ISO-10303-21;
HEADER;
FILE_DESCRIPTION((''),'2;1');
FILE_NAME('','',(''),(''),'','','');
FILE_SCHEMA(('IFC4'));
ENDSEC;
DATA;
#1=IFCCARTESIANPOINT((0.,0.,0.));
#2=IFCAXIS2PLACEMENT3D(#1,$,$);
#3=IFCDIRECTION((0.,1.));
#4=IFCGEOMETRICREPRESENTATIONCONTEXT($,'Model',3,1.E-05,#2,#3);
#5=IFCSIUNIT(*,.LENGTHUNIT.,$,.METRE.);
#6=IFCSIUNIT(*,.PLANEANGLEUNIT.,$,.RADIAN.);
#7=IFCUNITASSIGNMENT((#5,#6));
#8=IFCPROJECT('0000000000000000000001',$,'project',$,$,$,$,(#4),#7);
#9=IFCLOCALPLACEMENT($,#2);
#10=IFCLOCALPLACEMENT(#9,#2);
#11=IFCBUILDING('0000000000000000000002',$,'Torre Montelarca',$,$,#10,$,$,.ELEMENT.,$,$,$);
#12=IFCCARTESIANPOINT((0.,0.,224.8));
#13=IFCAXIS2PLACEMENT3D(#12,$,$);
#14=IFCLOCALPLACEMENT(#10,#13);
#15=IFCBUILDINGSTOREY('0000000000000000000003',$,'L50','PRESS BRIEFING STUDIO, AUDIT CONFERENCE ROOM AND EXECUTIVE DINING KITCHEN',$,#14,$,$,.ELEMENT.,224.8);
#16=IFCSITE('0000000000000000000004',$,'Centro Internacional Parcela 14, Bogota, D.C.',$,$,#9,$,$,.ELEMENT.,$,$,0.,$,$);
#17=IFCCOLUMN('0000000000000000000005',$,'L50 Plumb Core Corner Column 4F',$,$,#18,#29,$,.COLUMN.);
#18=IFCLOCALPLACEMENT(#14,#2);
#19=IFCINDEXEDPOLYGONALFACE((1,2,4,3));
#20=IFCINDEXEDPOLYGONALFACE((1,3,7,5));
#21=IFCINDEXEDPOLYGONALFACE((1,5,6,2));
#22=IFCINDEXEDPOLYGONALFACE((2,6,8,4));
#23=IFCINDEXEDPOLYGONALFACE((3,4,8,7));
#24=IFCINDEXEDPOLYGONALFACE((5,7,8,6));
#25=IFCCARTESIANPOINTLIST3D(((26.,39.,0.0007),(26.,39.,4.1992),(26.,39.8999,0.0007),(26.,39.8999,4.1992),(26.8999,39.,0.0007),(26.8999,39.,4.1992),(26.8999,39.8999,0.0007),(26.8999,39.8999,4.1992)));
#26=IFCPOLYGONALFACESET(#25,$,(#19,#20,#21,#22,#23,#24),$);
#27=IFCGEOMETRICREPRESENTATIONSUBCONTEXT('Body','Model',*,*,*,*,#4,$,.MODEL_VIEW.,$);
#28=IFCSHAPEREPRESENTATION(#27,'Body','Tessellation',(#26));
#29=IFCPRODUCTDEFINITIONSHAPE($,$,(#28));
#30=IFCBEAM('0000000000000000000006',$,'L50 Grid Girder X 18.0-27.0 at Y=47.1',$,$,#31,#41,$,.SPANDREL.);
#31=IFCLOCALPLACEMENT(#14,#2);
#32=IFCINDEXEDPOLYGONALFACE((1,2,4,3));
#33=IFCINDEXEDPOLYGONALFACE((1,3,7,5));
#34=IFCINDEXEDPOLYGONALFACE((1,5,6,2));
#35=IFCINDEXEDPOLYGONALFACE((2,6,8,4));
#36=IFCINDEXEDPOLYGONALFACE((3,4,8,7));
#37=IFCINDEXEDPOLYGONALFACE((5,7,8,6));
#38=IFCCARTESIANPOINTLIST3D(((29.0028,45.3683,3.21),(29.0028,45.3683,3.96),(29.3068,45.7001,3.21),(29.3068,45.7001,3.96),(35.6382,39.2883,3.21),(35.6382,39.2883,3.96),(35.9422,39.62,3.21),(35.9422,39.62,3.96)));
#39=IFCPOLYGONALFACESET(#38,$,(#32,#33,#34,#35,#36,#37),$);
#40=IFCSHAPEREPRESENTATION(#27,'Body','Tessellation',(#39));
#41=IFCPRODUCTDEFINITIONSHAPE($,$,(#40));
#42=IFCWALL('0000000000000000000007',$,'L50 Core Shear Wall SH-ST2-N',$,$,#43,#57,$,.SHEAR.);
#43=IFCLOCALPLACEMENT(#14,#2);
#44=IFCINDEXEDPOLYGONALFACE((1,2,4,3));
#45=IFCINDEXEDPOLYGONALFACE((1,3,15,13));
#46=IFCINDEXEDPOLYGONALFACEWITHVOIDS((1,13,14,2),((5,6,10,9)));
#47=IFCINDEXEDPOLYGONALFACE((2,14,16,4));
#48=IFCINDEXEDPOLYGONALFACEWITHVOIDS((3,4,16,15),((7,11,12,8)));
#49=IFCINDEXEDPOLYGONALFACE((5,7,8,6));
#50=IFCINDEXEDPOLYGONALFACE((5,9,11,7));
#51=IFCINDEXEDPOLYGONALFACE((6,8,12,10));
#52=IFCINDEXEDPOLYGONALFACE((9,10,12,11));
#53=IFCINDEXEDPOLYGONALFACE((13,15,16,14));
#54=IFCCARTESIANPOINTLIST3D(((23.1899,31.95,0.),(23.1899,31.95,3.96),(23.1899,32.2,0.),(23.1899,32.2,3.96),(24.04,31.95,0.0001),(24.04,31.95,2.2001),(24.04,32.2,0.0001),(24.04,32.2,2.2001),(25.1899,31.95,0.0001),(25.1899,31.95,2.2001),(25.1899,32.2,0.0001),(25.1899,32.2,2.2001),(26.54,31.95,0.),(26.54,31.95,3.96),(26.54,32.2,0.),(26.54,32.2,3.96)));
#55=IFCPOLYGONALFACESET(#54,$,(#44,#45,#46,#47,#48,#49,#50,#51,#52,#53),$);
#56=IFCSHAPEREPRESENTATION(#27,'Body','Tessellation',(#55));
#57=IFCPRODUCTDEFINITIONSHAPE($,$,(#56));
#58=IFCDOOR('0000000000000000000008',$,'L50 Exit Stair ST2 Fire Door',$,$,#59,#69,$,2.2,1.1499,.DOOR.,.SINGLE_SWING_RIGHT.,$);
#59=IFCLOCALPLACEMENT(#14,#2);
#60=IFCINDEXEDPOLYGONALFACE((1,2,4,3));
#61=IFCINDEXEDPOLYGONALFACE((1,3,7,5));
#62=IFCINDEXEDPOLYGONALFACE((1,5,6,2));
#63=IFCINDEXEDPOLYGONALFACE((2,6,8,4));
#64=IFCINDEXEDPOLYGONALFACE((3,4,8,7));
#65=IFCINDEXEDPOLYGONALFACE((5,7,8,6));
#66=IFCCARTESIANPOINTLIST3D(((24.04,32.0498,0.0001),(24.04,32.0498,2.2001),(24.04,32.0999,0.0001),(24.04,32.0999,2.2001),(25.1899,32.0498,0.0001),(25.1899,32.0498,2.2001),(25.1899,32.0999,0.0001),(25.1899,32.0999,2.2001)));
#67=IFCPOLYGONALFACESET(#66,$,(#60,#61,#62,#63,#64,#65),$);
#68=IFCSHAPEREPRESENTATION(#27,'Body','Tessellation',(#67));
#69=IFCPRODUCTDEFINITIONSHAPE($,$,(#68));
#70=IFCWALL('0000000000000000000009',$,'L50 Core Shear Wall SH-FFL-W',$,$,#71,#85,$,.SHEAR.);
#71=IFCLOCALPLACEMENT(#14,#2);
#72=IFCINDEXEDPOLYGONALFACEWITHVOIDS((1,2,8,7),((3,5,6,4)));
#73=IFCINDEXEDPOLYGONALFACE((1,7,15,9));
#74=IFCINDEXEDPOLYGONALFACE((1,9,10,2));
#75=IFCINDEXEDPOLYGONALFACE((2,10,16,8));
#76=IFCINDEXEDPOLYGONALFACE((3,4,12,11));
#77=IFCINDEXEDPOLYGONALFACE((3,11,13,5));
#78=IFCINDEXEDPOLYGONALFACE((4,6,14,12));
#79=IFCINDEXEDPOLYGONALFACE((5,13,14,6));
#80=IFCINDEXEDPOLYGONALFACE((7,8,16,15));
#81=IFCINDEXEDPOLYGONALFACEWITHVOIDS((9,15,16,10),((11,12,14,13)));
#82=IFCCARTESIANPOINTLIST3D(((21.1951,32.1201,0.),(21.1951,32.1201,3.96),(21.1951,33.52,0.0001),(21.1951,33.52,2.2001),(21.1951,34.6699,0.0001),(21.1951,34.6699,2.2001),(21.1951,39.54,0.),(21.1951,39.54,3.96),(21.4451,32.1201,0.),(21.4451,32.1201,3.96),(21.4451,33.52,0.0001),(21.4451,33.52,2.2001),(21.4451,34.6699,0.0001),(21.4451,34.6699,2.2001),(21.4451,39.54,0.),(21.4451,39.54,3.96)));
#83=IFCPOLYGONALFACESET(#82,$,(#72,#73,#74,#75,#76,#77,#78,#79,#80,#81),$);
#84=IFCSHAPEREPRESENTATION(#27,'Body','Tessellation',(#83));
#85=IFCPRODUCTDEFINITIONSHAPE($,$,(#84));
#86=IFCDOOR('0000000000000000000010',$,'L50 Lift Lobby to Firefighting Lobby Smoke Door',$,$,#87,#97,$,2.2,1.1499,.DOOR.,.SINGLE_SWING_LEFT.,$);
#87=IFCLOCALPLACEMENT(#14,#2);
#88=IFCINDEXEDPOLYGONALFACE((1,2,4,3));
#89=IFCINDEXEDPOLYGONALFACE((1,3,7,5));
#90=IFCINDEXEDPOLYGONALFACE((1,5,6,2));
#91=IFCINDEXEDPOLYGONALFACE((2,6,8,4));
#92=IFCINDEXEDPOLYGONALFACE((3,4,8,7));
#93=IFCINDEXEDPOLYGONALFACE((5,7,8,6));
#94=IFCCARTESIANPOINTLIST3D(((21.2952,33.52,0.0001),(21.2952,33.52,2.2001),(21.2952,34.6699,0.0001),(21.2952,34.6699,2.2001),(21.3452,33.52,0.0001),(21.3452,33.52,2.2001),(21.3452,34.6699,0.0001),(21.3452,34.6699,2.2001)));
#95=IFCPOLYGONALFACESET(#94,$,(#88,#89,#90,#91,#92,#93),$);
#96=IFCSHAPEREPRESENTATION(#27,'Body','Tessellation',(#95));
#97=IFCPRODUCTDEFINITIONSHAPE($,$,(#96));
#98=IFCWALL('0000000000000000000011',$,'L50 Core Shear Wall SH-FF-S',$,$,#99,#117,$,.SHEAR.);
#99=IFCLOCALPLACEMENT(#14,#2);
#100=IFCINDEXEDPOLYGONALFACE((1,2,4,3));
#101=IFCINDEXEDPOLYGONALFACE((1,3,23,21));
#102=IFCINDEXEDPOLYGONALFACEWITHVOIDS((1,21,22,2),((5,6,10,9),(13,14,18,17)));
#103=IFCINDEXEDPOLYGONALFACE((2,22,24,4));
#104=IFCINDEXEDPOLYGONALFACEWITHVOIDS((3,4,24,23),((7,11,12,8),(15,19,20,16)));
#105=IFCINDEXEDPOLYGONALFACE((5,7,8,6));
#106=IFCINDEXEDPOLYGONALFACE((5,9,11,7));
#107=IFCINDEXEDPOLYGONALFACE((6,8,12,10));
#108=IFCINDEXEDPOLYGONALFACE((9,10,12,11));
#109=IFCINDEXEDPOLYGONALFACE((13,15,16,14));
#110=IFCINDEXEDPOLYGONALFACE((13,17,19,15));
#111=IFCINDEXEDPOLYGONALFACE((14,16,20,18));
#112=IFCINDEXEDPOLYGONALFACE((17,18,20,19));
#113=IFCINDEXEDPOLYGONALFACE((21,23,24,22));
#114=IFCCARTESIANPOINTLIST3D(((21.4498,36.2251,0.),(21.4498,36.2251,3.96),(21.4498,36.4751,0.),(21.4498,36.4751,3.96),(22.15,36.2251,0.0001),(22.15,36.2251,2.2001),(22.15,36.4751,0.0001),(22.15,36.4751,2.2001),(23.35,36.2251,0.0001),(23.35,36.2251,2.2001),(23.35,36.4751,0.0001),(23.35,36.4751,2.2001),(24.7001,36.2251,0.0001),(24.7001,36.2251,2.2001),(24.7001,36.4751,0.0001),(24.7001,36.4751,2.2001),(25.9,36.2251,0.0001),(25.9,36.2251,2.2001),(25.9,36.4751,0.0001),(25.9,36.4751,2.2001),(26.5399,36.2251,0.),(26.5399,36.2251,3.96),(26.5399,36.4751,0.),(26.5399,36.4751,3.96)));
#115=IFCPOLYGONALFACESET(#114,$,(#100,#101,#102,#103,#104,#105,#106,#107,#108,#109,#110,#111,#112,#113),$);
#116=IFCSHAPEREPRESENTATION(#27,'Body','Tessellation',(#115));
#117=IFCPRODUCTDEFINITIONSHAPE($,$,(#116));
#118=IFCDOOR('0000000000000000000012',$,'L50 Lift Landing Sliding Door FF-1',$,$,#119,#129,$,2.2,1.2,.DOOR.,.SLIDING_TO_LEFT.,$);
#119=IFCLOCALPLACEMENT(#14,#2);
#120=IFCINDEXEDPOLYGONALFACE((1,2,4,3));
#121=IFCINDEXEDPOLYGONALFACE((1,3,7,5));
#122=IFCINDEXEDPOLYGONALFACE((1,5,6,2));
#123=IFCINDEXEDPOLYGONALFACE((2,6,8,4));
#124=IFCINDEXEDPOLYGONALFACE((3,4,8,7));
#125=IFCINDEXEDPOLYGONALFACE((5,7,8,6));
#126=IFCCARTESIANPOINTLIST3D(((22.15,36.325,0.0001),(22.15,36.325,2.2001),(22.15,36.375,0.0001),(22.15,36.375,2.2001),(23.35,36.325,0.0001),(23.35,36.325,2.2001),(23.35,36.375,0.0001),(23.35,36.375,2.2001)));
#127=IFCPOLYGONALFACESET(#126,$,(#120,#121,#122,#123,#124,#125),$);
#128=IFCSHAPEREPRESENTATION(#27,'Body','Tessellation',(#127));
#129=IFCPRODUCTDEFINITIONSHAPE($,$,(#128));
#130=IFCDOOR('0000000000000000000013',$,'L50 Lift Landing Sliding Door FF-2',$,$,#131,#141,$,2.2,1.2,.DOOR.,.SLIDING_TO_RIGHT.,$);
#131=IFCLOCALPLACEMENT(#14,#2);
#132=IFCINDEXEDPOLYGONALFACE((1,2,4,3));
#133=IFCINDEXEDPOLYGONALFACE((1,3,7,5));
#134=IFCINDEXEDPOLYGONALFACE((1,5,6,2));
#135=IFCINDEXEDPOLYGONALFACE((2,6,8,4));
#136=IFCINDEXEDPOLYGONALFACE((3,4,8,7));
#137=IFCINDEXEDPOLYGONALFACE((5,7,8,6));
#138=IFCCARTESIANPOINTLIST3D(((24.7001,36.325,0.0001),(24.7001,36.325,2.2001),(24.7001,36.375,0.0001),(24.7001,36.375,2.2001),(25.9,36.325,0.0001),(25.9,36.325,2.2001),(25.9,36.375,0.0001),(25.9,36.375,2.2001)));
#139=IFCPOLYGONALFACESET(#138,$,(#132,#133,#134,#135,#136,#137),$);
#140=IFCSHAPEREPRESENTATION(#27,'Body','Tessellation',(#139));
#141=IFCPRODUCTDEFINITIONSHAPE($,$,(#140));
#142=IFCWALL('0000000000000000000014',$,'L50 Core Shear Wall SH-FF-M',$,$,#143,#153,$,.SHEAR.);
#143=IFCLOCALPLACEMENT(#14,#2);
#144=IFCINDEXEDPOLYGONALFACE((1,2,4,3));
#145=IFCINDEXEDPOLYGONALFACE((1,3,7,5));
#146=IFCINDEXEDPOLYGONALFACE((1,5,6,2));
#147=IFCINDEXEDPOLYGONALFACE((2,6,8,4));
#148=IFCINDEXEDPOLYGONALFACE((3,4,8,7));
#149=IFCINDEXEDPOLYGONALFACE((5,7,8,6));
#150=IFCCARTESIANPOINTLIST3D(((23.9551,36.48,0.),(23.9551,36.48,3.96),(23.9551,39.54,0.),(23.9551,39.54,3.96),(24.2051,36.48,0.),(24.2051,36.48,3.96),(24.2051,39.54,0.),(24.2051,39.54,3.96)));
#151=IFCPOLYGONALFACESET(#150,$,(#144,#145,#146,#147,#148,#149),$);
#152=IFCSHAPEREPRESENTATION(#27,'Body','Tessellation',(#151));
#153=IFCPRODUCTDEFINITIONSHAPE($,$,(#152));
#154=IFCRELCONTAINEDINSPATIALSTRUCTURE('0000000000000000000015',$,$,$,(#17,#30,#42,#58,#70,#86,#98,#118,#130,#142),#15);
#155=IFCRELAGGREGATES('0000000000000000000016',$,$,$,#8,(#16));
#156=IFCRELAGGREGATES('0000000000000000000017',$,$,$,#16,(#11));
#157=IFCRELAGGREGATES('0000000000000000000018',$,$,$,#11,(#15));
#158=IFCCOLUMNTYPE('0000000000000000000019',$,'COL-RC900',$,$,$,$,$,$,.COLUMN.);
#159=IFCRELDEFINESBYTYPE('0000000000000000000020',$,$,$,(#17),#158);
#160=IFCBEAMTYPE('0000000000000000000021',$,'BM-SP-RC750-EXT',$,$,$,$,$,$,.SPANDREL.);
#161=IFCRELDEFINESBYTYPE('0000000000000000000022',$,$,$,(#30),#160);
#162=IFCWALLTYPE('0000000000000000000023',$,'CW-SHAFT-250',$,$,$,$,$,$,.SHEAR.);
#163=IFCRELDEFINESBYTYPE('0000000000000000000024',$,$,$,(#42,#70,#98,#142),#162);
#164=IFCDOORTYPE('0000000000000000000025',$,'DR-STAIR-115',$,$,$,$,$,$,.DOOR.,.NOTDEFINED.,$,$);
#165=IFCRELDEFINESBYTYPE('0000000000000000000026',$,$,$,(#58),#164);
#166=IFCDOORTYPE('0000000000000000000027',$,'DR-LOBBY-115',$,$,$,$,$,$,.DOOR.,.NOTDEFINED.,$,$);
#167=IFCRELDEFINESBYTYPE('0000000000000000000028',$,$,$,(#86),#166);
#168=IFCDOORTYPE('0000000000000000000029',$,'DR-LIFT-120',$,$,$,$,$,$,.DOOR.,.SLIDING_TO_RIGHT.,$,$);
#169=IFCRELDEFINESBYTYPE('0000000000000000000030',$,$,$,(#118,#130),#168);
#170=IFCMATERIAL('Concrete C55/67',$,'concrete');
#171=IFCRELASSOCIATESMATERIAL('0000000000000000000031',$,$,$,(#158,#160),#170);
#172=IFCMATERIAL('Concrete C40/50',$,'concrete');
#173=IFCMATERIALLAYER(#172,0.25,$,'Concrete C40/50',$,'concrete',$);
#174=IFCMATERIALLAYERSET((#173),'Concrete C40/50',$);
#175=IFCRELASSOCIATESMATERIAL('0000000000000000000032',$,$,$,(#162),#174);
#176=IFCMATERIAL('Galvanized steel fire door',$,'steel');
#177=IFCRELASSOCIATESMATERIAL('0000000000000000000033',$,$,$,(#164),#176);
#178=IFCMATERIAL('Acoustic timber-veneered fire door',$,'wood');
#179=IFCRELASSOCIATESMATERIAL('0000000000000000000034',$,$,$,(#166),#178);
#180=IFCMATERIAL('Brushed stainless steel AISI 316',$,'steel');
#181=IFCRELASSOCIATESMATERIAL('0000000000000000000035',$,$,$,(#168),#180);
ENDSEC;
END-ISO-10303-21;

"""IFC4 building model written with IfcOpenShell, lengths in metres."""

from ifc_helpers import new_model, si_unit, direction, frame, frame_2d, origin, origin_2d, place, context, subcontext, project, spatial, rectangle, extrude, source, transform, mapped, material, layer, layer_set, material_profile, profile_set, type_object, element, fill, save


model = new_model("IFC4")

# Units and contexts
model_context = context("Model", 3, precision=1e-05, world=origin(), true_north=direction((0.0, 1.0)))
body_context = subcontext(model_context, "Body", "Model", "MODEL_VIEW")
ifc_project = project(units=[si_unit("LENGTHUNIT", "METRE"), si_unit("PLANEANGLEUNIT", "RADIAN")], contexts=[model_context])

# Site, building, storey
site_placement = place(None, origin())
site = spatial("IfcSite", under=ifc_project, at=site_placement, Name="Centro Internacional Parcela 14, Bogota, D.C.", CompositionType="ELEMENT", RefElevation=0.0)
building_placement = place(site_placement, origin())
building = spatial("IfcBuilding", under=site, at=building_placement, Name="Torre Montelarca", CompositionType="ELEMENT")
storey_placement = place(building_placement, frame((0.0, 0.0, 224.8)))
storey = spatial("IfcBuildingStorey", under=building, at=storey_placement, Name="L50", Description="PRESS BRIEFING STUDIO, AUDIT CONFERENCE ROOM AND EXECUTIVE DINING KITCHEN", CompositionType="ELEMENT", Elevation=224.8)

# Column
ifc_material_1 = material(Name="Concrete C55/67", Category="concrete")
ifc_material_profile_1 = material_profile(ifc_material_1, rectangle(XDim=0.8999, YDim=0.8999, at=origin_2d()), Name="RC900X900", Category="concrete")
ifc_profile_set_1 = profile_set([ifc_material_profile_1], Name="Concrete C55/67")
column_type = type_object("IfcColumnType", Name="COL-RC900", PredefinedType="COLUMN", material=ifc_profile_set_1)
shared_shape_1 = source(origin(), body_context, "Body", "SweptSolid", [
    extrude(rectangle(XDim=0.8999, YDim=0.8999, at=origin_2d()), origin(), (0.0, 0.0, 1.0), 4.1985),
])
column_placement = place(storey_placement, frame((26.45, 39.45, 0.0007), z_axis=(0.0, 0.0, 1.0), x_axis=(1.0, 0.0, 0.0)))
element("IfcColumn", 1, at=column_placement, inside=storey, type_object=column_type, Name="L50 Plumb Core Corner Column 4F", PredefinedType="COLUMN", context=body_context, shape_type="MappedRepresentation", body=[
    mapped(shared_shape_1, transform((0.0, 0.0, 0.0), scale=1.0)),
])

# Beam
ifc_material_profile_2 = material_profile(ifc_material_1, rectangle(XDim=0.45, YDim=0.75, at=origin_2d()), Name="RCB450X750", Category="concrete")
ifc_profile_set_2 = profile_set([ifc_material_profile_2], Name="Concrete C55/67")
beam_type = type_object("IfcBeamType", Name="BM-SP-RC750-EXT", PredefinedType="SPANDREL", material=ifc_profile_set_2)
shared_shape_2 = source(origin(), body_context, "Body", "SweptSolid", [
    extrude(rectangle(XDim=0.45, YDim=0.75, at=origin_2d()), origin(), (0.0, 0.0, 1.0), 8.9998),
])
beam_placement = place(storey_placement, frame((29.1548, 45.5342, 3.585), z_axis=(0.73729, -0.675576, 0.0), x_axis=(0.675576, 0.73729, 0.0)))
element("IfcBeam", 2, at=beam_placement, inside=storey, type_object=beam_type, Name="L50 Grid Girder X 18.0-27.0 at Y=47.1", PredefinedType="SPANDREL", context=body_context, shape_type="MappedRepresentation", body=[
    mapped(shared_shape_2, transform((0.0, 0.0, 0.0), scale=1.0)),
])

# Walls, openings, doors
ifc_material_2 = material(Name="Concrete C40/50", Category="concrete")
ifc_layer_1 = layer(ifc_material_2, 0.25, Name="Concrete C40/50", Category="concrete")
ifc_layer_set_1 = layer_set([ifc_layer_1], Name="Concrete C40/50")
wall_type_1 = type_object("IfcWallType", Name="CW-SHAFT-250", PredefinedType="SHEAR", material=ifc_layer_set_1)
wall_1_placement = place(storey_placement, frame((23.1899, 32.075, 0.0), z_axis=(0.0, 0.0, 1.0), x_axis=(1.0, 0.0, 0.0)))
wall_1 = element("IfcWall", 3, at=wall_1_placement, inside=storey, type_object=wall_type_1, Name="L50 Core Shear Wall SH-ST2-N", PredefinedType="SHEAR", context=body_context, shape_type="SweptSolid", body=[
    extrude(rectangle(XDim=3.3501, YDim=0.25, at=frame_2d((1.675, 0.0))), origin(), (0.0, 0.0, 1.0), 3.96),
])
opening_1_placement = place(wall_1_placement, frame((0.8501, 0.0, 0.0)))
opening_1 = element("IfcOpeningElement", 4, at=opening_1_placement, cuts=wall_1, PredefinedType="OPENING", context=body_context, shape_type="SweptSolid", body=[
    extrude(rectangle(XDim=1.1499, YDim=2.2, at=frame_2d((0.575, 1.1001))), frame((0.0, 0.135, 0.0), z_axis=(0.0, -1.0, 0.0), x_axis=(1.0, 0.0, 0.0)), (0.0, 0.0, 1.0), 0.27),
])
ifc_material_3 = material(Name="Galvanized steel fire door", Category="steel")
door_type_1 = type_object("IfcDoorType", Name="DR-STAIR-115", OperationType="NOTDEFINED", PredefinedType="DOOR", material=ifc_material_3)
shared_shape_3 = source(origin(), body_context, "Body", "SweptSolid", [
    extrude(rectangle(XDim=1.1499, YDim=2.2, at=frame_2d((0.575, 1.1001))), frame((0.0, 0.0249, 0.0), z_axis=(0.0, -1.0, 0.0), x_axis=(1.0, 0.0, 0.0)), (0.0, 0.0, 1.0), 0.05),
])
door_1_placement = place(opening_1_placement, origin())
door_1 = element("IfcDoor", 5, at=door_1_placement, inside=storey, type_object=door_type_1, Name="L50 Exit Stair ST2 Fire Door", OperationType="SINGLE_SWING_RIGHT", OverallHeight=2.2, OverallWidth=1.1499, PredefinedType="DOOR", context=body_context, shape_type="MappedRepresentation", body=[
    mapped(shared_shape_3, transform((0.0, 0.0, 0.0), scale=1.0)),
])
fill(opening_1, door_1)
wall_2_placement = place(storey_placement, frame((21.3201, 32.1201, 0.0), z_axis=(0.0, 0.0, 1.0), x_axis=(0.0, 1.0, 0.0)))
wall_2 = element("IfcWall", 6, at=wall_2_placement, inside=storey, type_object=wall_type_1, Name="L50 Core Shear Wall SH-FFL-W", PredefinedType="SHEAR", context=body_context, shape_type="SweptSolid", body=[
    extrude(rectangle(XDim=7.4199, YDim=0.25, at=frame_2d((3.71, 0.0))), origin(), (0.0, 0.0, 1.0), 3.96),
])
opening_2_placement = place(wall_2_placement, frame((1.3999, 0.0, 0.0)))
opening_2 = element("IfcOpeningElement", 7, at=opening_2_placement, cuts=wall_2, PredefinedType="OPENING", context=body_context, shape_type="SweptSolid", body=[
    extrude(rectangle(XDim=1.1499, YDim=2.2, at=frame_2d((0.575, 1.1001))), frame((0.0, 0.135, 0.0), z_axis=(0.0, -1.0, 0.0), x_axis=(1.0, 0.0, 0.0)), (0.0, 0.0, 1.0), 0.27),
])
ifc_material_4 = material(Name="Acoustic timber-veneered fire door", Category="wood")
door_type_2 = type_object("IfcDoorType", Name="DR-LOBBY-115", OperationType="NOTDEFINED", PredefinedType="DOOR", material=ifc_material_4)
shared_shape_4 = source(origin(), body_context, "Body", "SweptSolid", [
    extrude(rectangle(XDim=1.1499, YDim=2.2, at=frame_2d((0.575, 1.1001))), frame((0.0, 0.0249, 0.0), z_axis=(0.0, -1.0, 0.0), x_axis=(1.0, 0.0, 0.0)), (0.0, 0.0, 1.0), 0.05),
])
door_2_placement = place(opening_2_placement, origin())
door_2 = element("IfcDoor", 8, at=door_2_placement, inside=storey, type_object=door_type_2, Name="L50 Lift Lobby to Firefighting Lobby Smoke Door", OperationType="SINGLE_SWING_LEFT", OverallHeight=2.2, OverallWidth=1.1499, PredefinedType="DOOR", context=body_context, shape_type="MappedRepresentation", body=[
    mapped(shared_shape_4, transform((0.0, 0.0, 0.0), scale=1.0)),
])
fill(opening_2, door_2)

# Wall, openings, doors
wall_3_placement = place(storey_placement, frame((21.45, 36.3501, 0.0), z_axis=(0.0, 0.0, 1.0), x_axis=(1.0, 0.0, 0.0)))
wall_3 = element("IfcWall", 9, at=wall_3_placement, inside=storey, type_object=wall_type_1, Name="L50 Core Shear Wall SH-FF-S", PredefinedType="SHEAR", context=body_context, shape_type="SweptSolid", body=[
    extrude(rectangle(XDim=5.0901, YDim=0.25, at=frame_2d((2.5449, 0.0))), origin(), (0.0, 0.0, 1.0), 3.96),
])
opening_3_placement = place(wall_3_placement, frame((0.7, 0.0, 0.0)))
opening_3 = element("IfcOpeningElement", 10, at=opening_3_placement, cuts=wall_3, PredefinedType="OPENING", context=body_context, shape_type="SweptSolid", body=[
    extrude(rectangle(XDim=1.2, YDim=2.2, at=frame_2d((0.6001, 1.1001))), frame((0.0, 0.135, 0.0), z_axis=(0.0, -1.0, 0.0), x_axis=(1.0, 0.0, 0.0)), (0.0, 0.0, 1.0), 0.27),
])
opening_4_placement = place(wall_3_placement, frame((3.25, 0.0, 0.0)))
opening_4 = element("IfcOpeningElement", 11, at=opening_4_placement, cuts=wall_3, PredefinedType="OPENING", context=body_context, shape_type="SweptSolid", body=[
    extrude(rectangle(XDim=1.2, YDim=2.2, at=frame_2d((0.6001, 1.1001))), frame((0.0, 0.135, 0.0), z_axis=(0.0, -1.0, 0.0), x_axis=(1.0, 0.0, 0.0)), (0.0, 0.0, 1.0), 0.27),
])
ifc_material_5 = material(Name="Brushed stainless steel AISI 316", Category="steel")
door_type_3 = type_object("IfcDoorType", Name="DR-LIFT-120", OperationType="SLIDING_TO_RIGHT", PredefinedType="DOOR", material=ifc_material_5)
shared_shape_5 = source(origin(), body_context, "Body", "SweptSolid", [
    extrude(rectangle(XDim=1.2, YDim=2.2, at=frame_2d((0.6001, 1.1001))), frame((0.0, 0.0249, 0.0), z_axis=(0.0, -1.0, 0.0), x_axis=(1.0, 0.0, 0.0)), (0.0, 0.0, 1.0), 0.05),
])
door_3_placement = place(opening_3_placement, origin())
door_3 = element("IfcDoor", 12, at=door_3_placement, inside=storey, type_object=door_type_3, Name="L50 Lift Landing Sliding Door FF-1", OperationType="SLIDING_TO_LEFT", OverallHeight=2.2, OverallWidth=1.2, PredefinedType="DOOR", context=body_context, shape_type="MappedRepresentation", body=[
    mapped(shared_shape_5, transform((0.0, 0.0, 0.0), scale=1.0)),
])
fill(opening_3, door_3)
door_4_placement = place(opening_4_placement, origin())
door_4 = element("IfcDoor", 13, at=door_4_placement, inside=storey, type_object=door_type_3, Name="L50 Lift Landing Sliding Door FF-2", OperationType="SLIDING_TO_RIGHT", OverallHeight=2.2, OverallWidth=1.2, PredefinedType="DOOR", context=body_context, shape_type="MappedRepresentation", body=[
    mapped(shared_shape_5, transform((0.0, 0.0, 0.0), scale=1.0)),
])
fill(opening_4, door_4)

# Wall
wall_4_placement = place(storey_placement, frame((24.0801, 36.48, 0.0), z_axis=(0.0, 0.0, 1.0), x_axis=(0.0, 1.0, 0.0)))
element("IfcWall", 14, at=wall_4_placement, inside=storey, type_object=wall_type_1, Name="L50 Core Shear Wall SH-FF-M", PredefinedType="SHEAR", context=body_context, shape_type="SweptSolid", body=[
    extrude(rectangle(XDim=3.0601, YDim=0.25, at=frame_2d((1.53, 0.0))), origin(), (0.0, 0.0, 1.0), 3.96),
])

save(model, "model.ifc")
